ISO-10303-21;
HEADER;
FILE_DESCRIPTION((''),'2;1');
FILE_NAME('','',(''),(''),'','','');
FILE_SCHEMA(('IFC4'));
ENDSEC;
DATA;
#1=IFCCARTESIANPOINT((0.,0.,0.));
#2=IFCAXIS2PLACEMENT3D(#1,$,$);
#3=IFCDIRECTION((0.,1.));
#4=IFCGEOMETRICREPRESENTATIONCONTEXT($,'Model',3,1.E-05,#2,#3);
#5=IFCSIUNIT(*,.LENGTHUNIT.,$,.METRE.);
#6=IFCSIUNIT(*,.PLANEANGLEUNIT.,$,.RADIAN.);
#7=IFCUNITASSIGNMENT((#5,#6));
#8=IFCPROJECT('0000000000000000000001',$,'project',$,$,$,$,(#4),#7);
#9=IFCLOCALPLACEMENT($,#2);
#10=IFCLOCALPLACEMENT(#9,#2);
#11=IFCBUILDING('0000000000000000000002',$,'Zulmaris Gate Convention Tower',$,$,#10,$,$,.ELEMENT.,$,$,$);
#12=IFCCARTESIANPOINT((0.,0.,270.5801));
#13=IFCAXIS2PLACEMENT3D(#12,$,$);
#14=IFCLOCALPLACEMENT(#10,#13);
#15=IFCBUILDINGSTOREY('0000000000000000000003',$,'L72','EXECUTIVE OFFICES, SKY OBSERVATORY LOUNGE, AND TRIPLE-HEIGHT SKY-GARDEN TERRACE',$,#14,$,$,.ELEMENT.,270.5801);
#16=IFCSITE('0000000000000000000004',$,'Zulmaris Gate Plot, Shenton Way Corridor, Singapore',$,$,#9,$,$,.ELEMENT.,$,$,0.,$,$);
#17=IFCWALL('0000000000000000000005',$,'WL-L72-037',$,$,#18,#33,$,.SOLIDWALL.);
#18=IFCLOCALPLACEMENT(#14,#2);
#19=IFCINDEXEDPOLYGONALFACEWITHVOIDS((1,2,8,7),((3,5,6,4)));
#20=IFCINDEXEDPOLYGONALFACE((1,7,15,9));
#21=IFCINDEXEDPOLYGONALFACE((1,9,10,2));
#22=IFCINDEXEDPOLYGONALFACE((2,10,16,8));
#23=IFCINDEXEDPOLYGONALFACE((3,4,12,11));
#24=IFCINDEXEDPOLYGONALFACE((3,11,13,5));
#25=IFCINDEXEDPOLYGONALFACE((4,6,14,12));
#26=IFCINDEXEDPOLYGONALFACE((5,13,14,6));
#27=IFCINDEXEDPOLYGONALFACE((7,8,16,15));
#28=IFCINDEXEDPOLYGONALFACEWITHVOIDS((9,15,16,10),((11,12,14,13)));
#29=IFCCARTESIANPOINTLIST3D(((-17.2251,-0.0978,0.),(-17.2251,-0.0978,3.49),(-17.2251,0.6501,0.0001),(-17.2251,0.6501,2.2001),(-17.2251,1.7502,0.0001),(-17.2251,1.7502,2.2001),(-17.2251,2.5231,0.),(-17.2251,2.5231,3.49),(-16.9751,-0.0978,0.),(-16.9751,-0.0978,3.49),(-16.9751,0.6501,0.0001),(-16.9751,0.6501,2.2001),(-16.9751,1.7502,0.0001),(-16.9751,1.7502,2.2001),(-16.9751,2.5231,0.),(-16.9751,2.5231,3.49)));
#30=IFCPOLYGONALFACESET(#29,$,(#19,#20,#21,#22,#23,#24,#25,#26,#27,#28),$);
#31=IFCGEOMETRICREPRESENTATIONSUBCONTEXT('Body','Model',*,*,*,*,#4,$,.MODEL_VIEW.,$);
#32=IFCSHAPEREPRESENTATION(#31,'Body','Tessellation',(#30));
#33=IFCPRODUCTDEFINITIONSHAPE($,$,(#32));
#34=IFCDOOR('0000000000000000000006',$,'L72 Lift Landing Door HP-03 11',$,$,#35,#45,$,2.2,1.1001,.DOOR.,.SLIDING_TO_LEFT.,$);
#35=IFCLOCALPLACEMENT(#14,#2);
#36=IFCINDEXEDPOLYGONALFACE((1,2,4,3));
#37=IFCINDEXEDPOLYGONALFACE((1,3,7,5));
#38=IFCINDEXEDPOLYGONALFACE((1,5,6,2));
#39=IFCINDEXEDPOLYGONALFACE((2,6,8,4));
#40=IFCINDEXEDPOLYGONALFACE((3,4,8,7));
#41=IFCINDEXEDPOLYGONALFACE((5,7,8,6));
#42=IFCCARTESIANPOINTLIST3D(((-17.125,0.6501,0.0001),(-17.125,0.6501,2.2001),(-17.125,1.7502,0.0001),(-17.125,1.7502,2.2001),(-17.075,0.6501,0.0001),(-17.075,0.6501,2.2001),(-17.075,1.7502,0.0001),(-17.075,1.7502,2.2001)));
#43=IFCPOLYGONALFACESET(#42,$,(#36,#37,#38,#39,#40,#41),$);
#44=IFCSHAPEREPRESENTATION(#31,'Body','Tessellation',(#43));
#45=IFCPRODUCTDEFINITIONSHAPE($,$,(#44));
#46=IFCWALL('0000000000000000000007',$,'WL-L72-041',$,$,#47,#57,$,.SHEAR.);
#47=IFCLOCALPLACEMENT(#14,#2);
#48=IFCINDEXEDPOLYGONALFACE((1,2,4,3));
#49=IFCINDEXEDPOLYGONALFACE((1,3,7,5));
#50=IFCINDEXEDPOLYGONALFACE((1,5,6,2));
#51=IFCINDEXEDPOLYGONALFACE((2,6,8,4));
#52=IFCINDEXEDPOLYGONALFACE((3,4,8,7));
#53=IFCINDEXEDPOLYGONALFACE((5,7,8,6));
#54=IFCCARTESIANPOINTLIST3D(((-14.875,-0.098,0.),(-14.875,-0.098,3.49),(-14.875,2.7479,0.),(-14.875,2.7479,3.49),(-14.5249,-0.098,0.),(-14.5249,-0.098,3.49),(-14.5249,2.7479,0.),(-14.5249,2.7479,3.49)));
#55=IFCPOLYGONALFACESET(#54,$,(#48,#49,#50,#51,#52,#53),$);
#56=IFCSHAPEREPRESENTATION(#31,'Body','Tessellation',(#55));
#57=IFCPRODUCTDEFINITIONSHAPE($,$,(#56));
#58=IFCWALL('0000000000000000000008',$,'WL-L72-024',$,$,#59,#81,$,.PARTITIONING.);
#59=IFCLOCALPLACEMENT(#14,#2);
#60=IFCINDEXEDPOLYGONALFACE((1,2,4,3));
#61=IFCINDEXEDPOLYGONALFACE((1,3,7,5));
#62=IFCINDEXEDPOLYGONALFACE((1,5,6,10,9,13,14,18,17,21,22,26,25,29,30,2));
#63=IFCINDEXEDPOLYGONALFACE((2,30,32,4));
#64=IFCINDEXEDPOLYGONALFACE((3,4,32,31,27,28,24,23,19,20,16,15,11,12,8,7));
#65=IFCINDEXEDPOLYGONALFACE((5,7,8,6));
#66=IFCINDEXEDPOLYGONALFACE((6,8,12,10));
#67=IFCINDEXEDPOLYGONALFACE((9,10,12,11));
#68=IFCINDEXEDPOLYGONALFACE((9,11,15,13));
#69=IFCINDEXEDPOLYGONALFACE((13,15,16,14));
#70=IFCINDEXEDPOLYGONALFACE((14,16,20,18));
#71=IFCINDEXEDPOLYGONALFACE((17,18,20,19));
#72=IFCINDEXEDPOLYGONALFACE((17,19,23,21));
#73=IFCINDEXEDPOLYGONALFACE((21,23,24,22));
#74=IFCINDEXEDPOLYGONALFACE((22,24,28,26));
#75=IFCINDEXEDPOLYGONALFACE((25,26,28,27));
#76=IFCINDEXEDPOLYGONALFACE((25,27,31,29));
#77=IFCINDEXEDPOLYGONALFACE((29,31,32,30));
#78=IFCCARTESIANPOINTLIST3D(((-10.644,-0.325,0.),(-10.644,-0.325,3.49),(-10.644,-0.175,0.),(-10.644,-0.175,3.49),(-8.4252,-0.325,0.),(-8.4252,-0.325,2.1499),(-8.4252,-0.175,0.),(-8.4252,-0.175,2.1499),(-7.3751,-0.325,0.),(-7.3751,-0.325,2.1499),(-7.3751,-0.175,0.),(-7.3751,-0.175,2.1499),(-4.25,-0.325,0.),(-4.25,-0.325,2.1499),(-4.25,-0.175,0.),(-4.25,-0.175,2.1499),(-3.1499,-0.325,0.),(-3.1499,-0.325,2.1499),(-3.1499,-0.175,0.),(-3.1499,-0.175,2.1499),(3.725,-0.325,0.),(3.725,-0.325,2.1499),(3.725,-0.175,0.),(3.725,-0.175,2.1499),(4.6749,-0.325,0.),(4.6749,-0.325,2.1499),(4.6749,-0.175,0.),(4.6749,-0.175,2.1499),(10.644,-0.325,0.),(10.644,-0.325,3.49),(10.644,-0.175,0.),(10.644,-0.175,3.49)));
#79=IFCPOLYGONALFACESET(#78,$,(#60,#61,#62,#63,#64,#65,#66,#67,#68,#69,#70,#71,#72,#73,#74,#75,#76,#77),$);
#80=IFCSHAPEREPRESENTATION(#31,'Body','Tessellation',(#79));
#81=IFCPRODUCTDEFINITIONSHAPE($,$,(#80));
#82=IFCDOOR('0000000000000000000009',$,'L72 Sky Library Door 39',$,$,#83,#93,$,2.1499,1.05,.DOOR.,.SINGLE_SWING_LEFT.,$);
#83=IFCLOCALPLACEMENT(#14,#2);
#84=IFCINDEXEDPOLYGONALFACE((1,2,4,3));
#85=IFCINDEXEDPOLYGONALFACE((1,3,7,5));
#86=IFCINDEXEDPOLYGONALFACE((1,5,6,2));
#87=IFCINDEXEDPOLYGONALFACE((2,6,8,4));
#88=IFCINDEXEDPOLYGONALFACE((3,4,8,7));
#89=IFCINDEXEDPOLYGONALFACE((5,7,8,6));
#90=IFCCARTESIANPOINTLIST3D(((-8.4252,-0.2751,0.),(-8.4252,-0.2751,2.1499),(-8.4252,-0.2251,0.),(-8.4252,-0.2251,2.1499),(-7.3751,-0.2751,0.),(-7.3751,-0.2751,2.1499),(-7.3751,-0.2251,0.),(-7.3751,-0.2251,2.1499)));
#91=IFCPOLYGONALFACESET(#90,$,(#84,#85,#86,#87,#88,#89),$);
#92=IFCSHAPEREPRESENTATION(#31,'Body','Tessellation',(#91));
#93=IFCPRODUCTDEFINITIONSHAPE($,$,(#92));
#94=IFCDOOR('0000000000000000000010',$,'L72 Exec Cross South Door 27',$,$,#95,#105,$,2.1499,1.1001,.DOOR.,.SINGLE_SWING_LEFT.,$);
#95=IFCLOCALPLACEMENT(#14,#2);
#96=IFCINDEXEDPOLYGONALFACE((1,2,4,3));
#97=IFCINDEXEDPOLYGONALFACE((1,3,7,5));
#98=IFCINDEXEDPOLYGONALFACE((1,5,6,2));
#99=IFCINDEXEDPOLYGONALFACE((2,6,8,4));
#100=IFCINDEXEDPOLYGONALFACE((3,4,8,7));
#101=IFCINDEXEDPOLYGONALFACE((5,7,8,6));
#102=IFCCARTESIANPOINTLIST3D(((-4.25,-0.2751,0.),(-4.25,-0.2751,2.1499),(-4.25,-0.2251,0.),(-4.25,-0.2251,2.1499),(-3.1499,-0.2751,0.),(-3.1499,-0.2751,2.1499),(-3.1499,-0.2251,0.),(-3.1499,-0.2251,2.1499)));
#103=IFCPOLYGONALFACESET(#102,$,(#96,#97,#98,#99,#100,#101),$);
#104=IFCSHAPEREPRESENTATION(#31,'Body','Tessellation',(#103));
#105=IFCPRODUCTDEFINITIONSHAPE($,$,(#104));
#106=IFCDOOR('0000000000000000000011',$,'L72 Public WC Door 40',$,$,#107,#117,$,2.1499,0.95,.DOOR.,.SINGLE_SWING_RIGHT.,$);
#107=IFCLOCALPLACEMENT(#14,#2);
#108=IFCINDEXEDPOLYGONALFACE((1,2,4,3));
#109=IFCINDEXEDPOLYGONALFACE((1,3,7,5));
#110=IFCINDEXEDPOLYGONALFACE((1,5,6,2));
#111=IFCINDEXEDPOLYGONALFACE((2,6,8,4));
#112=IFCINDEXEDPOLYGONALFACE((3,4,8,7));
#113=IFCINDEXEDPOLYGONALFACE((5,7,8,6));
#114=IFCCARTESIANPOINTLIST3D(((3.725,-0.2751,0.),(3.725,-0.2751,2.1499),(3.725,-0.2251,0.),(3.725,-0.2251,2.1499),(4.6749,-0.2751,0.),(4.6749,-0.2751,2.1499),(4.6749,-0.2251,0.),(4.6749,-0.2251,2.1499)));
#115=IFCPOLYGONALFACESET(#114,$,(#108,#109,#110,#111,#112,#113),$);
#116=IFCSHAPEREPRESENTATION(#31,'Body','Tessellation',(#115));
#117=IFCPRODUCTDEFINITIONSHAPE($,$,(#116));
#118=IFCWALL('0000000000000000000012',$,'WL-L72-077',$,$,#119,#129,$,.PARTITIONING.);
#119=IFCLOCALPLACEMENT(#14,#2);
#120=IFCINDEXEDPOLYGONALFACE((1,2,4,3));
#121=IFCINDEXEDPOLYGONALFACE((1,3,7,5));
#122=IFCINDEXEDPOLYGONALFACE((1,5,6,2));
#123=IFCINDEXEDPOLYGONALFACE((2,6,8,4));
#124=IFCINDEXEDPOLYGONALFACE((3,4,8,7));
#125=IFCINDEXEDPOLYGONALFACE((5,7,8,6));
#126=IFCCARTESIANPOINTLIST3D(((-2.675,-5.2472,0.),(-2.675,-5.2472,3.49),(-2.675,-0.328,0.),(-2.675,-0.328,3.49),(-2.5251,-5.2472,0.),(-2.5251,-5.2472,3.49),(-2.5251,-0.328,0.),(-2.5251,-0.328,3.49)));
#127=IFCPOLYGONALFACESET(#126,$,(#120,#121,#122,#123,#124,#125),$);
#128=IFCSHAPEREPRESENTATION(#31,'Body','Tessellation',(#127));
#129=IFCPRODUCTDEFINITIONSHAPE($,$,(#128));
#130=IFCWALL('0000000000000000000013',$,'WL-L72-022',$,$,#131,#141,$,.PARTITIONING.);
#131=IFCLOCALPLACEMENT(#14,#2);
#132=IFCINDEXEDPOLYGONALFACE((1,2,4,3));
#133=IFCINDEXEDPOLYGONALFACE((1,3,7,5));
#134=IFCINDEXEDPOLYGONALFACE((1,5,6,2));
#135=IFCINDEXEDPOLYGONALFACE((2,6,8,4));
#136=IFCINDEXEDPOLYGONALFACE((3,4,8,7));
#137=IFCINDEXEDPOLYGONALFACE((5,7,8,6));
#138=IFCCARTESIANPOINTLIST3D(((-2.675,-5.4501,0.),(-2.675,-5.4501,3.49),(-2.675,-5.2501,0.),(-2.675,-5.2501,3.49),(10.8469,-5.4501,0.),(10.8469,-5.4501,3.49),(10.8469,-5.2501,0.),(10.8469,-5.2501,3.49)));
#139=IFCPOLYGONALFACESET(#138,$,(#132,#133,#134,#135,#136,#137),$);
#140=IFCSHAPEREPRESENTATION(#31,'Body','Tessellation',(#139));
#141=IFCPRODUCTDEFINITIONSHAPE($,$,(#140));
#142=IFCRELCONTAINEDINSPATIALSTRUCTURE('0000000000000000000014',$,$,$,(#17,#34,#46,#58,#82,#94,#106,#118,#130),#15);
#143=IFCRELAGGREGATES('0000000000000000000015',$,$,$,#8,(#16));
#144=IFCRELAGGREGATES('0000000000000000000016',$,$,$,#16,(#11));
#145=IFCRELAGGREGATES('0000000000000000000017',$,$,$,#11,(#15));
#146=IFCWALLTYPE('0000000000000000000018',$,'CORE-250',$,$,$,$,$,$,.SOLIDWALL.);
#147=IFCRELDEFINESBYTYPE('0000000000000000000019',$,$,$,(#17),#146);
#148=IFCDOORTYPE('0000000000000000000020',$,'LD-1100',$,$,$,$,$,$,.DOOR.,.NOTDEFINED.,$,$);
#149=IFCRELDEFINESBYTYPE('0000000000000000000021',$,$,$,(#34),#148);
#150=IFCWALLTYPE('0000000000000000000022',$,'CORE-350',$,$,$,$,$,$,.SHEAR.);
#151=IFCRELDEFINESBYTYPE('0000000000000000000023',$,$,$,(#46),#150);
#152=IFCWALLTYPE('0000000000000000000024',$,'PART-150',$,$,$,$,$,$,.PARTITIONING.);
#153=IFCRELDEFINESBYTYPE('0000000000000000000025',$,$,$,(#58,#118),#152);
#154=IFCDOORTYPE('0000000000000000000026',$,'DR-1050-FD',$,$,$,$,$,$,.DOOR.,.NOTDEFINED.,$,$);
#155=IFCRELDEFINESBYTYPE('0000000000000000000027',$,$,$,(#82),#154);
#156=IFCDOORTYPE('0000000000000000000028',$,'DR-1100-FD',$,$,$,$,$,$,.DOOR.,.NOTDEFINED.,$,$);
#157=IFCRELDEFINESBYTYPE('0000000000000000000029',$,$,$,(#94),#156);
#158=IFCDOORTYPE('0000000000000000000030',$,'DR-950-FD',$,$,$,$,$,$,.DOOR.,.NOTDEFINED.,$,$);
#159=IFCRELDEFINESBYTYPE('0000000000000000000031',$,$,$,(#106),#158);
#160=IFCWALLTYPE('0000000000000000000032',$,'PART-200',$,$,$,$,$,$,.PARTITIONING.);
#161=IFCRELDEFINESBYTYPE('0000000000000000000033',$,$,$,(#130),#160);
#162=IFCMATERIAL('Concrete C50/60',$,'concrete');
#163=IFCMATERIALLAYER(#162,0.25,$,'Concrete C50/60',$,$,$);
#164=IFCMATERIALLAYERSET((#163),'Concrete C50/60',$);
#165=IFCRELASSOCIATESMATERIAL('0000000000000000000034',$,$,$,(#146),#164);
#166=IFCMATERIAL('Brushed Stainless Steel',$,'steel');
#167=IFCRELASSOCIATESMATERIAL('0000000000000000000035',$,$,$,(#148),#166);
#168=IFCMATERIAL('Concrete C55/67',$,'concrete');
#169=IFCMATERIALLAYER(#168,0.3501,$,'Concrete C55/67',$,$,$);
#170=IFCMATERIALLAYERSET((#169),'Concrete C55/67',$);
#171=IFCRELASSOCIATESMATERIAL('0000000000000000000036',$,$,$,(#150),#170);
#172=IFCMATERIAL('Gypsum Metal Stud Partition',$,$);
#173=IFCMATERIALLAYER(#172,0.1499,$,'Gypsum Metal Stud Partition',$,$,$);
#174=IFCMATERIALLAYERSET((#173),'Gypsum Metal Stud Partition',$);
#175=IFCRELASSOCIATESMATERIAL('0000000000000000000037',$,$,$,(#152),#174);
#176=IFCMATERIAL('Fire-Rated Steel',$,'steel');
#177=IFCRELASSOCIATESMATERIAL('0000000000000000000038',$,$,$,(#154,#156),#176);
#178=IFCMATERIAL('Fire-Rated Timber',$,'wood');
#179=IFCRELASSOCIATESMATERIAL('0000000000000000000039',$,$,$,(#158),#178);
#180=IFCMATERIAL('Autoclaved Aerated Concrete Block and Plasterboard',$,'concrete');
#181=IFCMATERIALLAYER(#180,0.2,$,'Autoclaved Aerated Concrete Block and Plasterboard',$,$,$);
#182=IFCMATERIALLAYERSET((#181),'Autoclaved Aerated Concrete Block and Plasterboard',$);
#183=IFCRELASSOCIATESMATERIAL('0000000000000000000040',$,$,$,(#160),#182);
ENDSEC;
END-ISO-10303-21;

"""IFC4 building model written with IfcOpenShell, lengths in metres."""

from ifc_helpers import new_model, si_unit, direction, frame, frame_2d, origin, place, context, subcontext, project, spatial, rectangle, extrude, material, layer, layer_set, type_object, element, fill, save


model = new_model("IFC4")

# Units and contexts
model_context = context("Model", 3, precision=1e-05, world=origin(), true_north=direction((0.0, 1.0)))
body_context = subcontext(model_context, "Body", "Model", "MODEL_VIEW")
ifc_project = project(units=[si_unit("LENGTHUNIT", "METRE"), si_unit("PLANEANGLEUNIT", "RADIAN")], contexts=[model_context])

# Site, building, storey
site_placement = place(None, origin())
site = spatial("IfcSite", under=ifc_project, at=site_placement, Name="Zulmaris Gate Plot, Shenton Way Corridor, Singapore", CompositionType="ELEMENT", RefElevation=0.0)
building_placement = place(site_placement, origin())
building = spatial("IfcBuilding", under=site, at=building_placement, Name="Zulmaris Gate Convention Tower", CompositionType="ELEMENT")
storey_placement = place(building_placement, frame((0.0, 0.0, 270.5801)))
storey = spatial("IfcBuildingStorey", under=building, at=storey_placement, Name="L72", Description="EXECUTIVE OFFICES, SKY OBSERVATORY LOUNGE, AND TRIPLE-HEIGHT SKY-GARDEN TERRACE", CompositionType="ELEMENT", Elevation=270.5801)

# Shared definitions
ifc_material_1 = material(Name="Concrete C50/60", Category="concrete")

# Wall, opening, door
ifc_layer_1 = layer(ifc_material_1, 0.25, Name="Concrete C50/60")
ifc_layer_set_1 = layer_set([ifc_layer_1], Name="Concrete C50/60")
wall_type_1 = type_object("IfcWallType", Name="CORE-250", PredefinedType="SOLIDWALL", material=ifc_layer_set_1)
wall_1_placement = place(storey_placement, frame((-17.1001, -0.0979, 0.0), z_axis=(0.0, 0.0, 1.0), x_axis=(0.0, 1.0, 0.0)))
wall_1 = element("IfcWall", 1, at=wall_1_placement, inside=storey, type_object=wall_type_1, Name="WL-L72-037", PredefinedType="SOLIDWALL", context=body_context, shape_type="SweptSolid", body=[
    extrude(rectangle(XDim=2.6208, YDim=0.25, at=frame_2d((1.3105, 0.0))), origin(), (0.0, 0.0, 1.0), 3.49),
])
opening_1_placement = place(wall_1_placement, frame((0.748, 0.0, 0.0)))
opening_1 = element("IfcOpeningElement", 2, at=opening_1_placement, cuts=wall_1, PredefinedType="OPENING", context=body_context, shape_type="SweptSolid", body=[
    extrude(rectangle(XDim=1.1001, YDim=2.2, at=frame_2d((0.55, 1.1001))), frame((0.0, 0.135, 0.0), z_axis=(0.0, -1.0, 0.0), x_axis=(1.0, 0.0, 0.0)), (0.0, 0.0, 1.0), 0.27),
])
ifc_material_2 = material(Name="Brushed Stainless Steel", Category="steel")
door_type_1 = type_object("IfcDoorType", Name="LD-1100", OperationType="NOTDEFINED", PredefinedType="DOOR", material=ifc_material_2)
door_1_placement = place(opening_1_placement, origin())
door_1 = element("IfcDoor", 3, at=door_1_placement, inside=storey, type_object=door_type_1, Name="L72 Lift Landing Door HP-03 11", OperationType="SLIDING_TO_LEFT", OverallHeight=2.2, OverallWidth=1.1001, PredefinedType="DOOR", context=body_context, shape_type="SweptSolid", body=[
    extrude(rectangle(XDim=1.1001, YDim=2.2, at=frame_2d((0.55, 1.1001))), frame((0.0, 0.0249, 0.0), z_axis=(0.0, -1.0, 0.0), x_axis=(1.0, 0.0, 0.0)), (0.0, 0.0, 1.0), 0.05),
])
fill(opening_1, door_1)

# Wall
ifc_material_3 = material(Name="Concrete C55/67", Category="concrete")
ifc_layer_2 = layer(ifc_material_3, 0.3501, Name="Concrete C55/67")
ifc_layer_set_2 = layer_set([ifc_layer_2], Name="Concrete C55/67")
wall_type_2 = type_object("IfcWallType", Name="CORE-350", PredefinedType="SHEAR", material=ifc_layer_set_2)
wall_2_placement = place(storey_placement, frame((-14.7, -0.0979, 0.0), z_axis=(0.0, 0.0, 1.0), x_axis=(0.0, 1.0, 0.0)))
element("IfcWall", 4, at=wall_2_placement, inside=storey, type_object=wall_type_2, Name="WL-L72-041", PredefinedType="SHEAR", context=body_context, shape_type="SweptSolid", body=[
    extrude(rectangle(XDim=2.8459, YDim=0.3501, at=frame_2d((1.4229, 0.0))), origin(), (0.0, 0.0, 1.0), 3.49),
])

# Wall, openings, doors
ifc_material_4 = material(Name="Gypsum Metal Stud Partition")
ifc_layer_3 = layer(ifc_material_4, 0.1499, Name="Gypsum Metal Stud Partition")
ifc_layer_set_3 = layer_set([ifc_layer_3], Name="Gypsum Metal Stud Partition")
wall_type_3 = type_object("IfcWallType", Name="PART-150", PredefinedType="PARTITIONING", material=ifc_layer_set_3)
wall_3_placement = place(storey_placement, frame((-10.644, -0.25, 0.0), z_axis=(0.0, 0.0, 1.0), x_axis=(1.0, 0.0, 0.0)))
wall_3 = element("IfcWall", 5, at=wall_3_placement, inside=storey, type_object=wall_type_3, Name="WL-L72-024", PredefinedType="PARTITIONING", context=body_context, shape_type="SweptSolid", body=[
    extrude(rectangle(XDim=21.2881, YDim=0.1499, at=frame_2d((10.644, 0.0))), origin(), (0.0, 0.0, 1.0), 3.49),
])
opening_2_placement = place(wall_3_placement, frame((6.394, 0.0, 0.0)))
opening_2 = element("IfcOpeningElement", 6, at=opening_2_placement, cuts=wall_3, PredefinedType="OPENING", context=body_context, shape_type="SweptSolid", body=[
    extrude(rectangle(XDim=1.1001, YDim=2.1499, at=frame_2d((0.55, 1.075))), frame((0.0, 0.085, 0.0), z_axis=(0.0, -1.0, 0.0), x_axis=(1.0, 0.0, 0.0)), (0.0, 0.0, 1.0), 0.1699),
])
opening_3_placement = place(wall_3_placement, frame((2.219, 0.0, 0.0)))
opening_3 = element("IfcOpeningElement", 7, at=opening_3_placement, cuts=wall_3, PredefinedType="OPENING", context=body_context, shape_type="SweptSolid", body=[
    extrude(rectangle(XDim=1.05, YDim=2.1499, at=frame_2d((0.5249, 1.075))), frame((0.0, 0.085, 0.0), z_axis=(0.0, -1.0, 0.0), x_axis=(1.0, 0.0, 0.0)), (0.0, 0.0, 1.0), 0.1699),
])
opening_4_placement = place(wall_3_placement, frame((14.3689, 0.0, 0.0)))
opening_4 = element("IfcOpeningElement", 8, at=opening_4_placement, cuts=wall_3, PredefinedType="OPENING", context=body_context, shape_type="SweptSolid", body=[
    extrude(rectangle(XDim=0.95, YDim=2.1499, at=frame_2d((0.4751, 1.075))), frame((0.0, 0.085, 0.0), z_axis=(0.0, -1.0, 0.0), x_axis=(1.0, 0.0, 0.0)), (0.0, 0.0, 1.0), 0.1699),
])
ifc_material_5 = material(Name="Fire-Rated Steel", Category="steel")
door_type_2 = type_object("IfcDoorType", Name="DR-1050-FD", OperationType="NOTDEFINED", PredefinedType="DOOR", material=ifc_material_5)
door_2_placement = place(opening_3_placement, origin())
door_2 = element("IfcDoor", 9, at=door_2_placement, inside=storey, type_object=door_type_2, Name="L72 Sky Library Door 39", OperationType="SINGLE_SWING_LEFT", OverallHeight=2.1499, OverallWidth=1.05, PredefinedType="DOOR", context=body_context, shape_type="SweptSolid", body=[
    extrude(rectangle(XDim=1.05, YDim=2.1499, at=frame_2d((0.5249, 1.075))), frame((0.0, 0.0249, 0.0), z_axis=(0.0, -1.0, 0.0), x_axis=(1.0, 0.0, 0.0)), (0.0, 0.0, 1.0), 0.05),
])
fill(opening_3, door_2)
door_type_3 = type_object("IfcDoorType", Name="DR-1100-FD", OperationType="NOTDEFINED", PredefinedType="DOOR", material=ifc_material_5)
door_3_placement = place(opening_2_placement, origin())
door_3 = element("IfcDoor", 10, at=door_3_placement, inside=storey, type_object=door_type_3, Name="L72 Exec Cross South Door 27", OperationType="SINGLE_SWING_LEFT", OverallHeight=2.1499, OverallWidth=1.1001, PredefinedType="DOOR", context=body_context, shape_type="SweptSolid", body=[
    extrude(rectangle(XDim=1.1001, YDim=2.1499, at=frame_2d((0.55, 1.075))), frame((0.0, 0.0249, 0.0), z_axis=(0.0, -1.0, 0.0), x_axis=(1.0, 0.0, 0.0)), (0.0, 0.0, 1.0), 0.05),
])
fill(opening_2, door_3)
ifc_material_6 = material(Name="Fire-Rated Timber", Category="wood")
door_type_4 = type_object("IfcDoorType", Name="DR-950-FD", OperationType="NOTDEFINED", PredefinedType="DOOR", material=ifc_material_6)
door_4_placement = place(opening_4_placement, origin())
door_4 = element("IfcDoor", 11, at=door_4_placement, inside=storey, type_object=door_type_4, Name="L72 Public WC Door 40", OperationType="SINGLE_SWING_RIGHT", OverallHeight=2.1499, OverallWidth=0.95, PredefinedType="DOOR", context=body_context, shape_type="SweptSolid", body=[
    extrude(rectangle(XDim=0.95, YDim=2.1499, at=frame_2d((0.4751, 1.075))), frame((0.0, 0.0249, 0.0), z_axis=(0.0, -1.0, 0.0), x_axis=(1.0, 0.0, 0.0)), (0.0, 0.0, 1.0), 0.05),
])
fill(opening_4, door_4)

# Walls
wall_4_placement = place(storey_placement, frame((-2.6001, -5.2471, 0.0), z_axis=(0.0, 0.0, 1.0), x_axis=(0.0, 1.0, 0.0)))
element("IfcWall", 12, at=wall_4_placement, inside=storey, type_object=wall_type_3, Name="WL-L72-077", PredefinedType="PARTITIONING", context=body_context, shape_type="SweptSolid", body=[
    extrude(rectangle(XDim=4.9192, YDim=0.1499, at=frame_2d((2.4595, 0.0))), origin(), (0.0, 0.0, 1.0), 3.49),
])
ifc_material_7 = material(Name="Autoclaved Aerated Concrete Block and Plasterboard", Category="concrete")
ifc_layer_4 = layer(ifc_material_7, 0.2, Name="Autoclaved Aerated Concrete Block and Plasterboard")
ifc_layer_set_4 = layer_set([ifc_layer_4], Name="Autoclaved Aerated Concrete Block and Plasterboard")
wall_type_4 = type_object("IfcWallType", Name="PART-200", PredefinedType="PARTITIONING", material=ifc_layer_set_4)
wall_5_placement = place(storey_placement, frame((-2.675, -5.3501, 0.0), z_axis=(0.0, 0.0, 1.0), x_axis=(1.0, 0.0, 0.0)))
element("IfcWall", 13, at=wall_5_placement, inside=storey, type_object=wall_type_4, Name="WL-L72-022", PredefinedType="PARTITIONING", context=body_context, shape_type="SweptSolid", body=[
    extrude(rectangle(XDim=13.522, YDim=0.2, at=frame_2d((6.761, 0.0))), origin(), (0.0, 0.0, 1.0), 3.49),
])

save(model, "model.ifc")
